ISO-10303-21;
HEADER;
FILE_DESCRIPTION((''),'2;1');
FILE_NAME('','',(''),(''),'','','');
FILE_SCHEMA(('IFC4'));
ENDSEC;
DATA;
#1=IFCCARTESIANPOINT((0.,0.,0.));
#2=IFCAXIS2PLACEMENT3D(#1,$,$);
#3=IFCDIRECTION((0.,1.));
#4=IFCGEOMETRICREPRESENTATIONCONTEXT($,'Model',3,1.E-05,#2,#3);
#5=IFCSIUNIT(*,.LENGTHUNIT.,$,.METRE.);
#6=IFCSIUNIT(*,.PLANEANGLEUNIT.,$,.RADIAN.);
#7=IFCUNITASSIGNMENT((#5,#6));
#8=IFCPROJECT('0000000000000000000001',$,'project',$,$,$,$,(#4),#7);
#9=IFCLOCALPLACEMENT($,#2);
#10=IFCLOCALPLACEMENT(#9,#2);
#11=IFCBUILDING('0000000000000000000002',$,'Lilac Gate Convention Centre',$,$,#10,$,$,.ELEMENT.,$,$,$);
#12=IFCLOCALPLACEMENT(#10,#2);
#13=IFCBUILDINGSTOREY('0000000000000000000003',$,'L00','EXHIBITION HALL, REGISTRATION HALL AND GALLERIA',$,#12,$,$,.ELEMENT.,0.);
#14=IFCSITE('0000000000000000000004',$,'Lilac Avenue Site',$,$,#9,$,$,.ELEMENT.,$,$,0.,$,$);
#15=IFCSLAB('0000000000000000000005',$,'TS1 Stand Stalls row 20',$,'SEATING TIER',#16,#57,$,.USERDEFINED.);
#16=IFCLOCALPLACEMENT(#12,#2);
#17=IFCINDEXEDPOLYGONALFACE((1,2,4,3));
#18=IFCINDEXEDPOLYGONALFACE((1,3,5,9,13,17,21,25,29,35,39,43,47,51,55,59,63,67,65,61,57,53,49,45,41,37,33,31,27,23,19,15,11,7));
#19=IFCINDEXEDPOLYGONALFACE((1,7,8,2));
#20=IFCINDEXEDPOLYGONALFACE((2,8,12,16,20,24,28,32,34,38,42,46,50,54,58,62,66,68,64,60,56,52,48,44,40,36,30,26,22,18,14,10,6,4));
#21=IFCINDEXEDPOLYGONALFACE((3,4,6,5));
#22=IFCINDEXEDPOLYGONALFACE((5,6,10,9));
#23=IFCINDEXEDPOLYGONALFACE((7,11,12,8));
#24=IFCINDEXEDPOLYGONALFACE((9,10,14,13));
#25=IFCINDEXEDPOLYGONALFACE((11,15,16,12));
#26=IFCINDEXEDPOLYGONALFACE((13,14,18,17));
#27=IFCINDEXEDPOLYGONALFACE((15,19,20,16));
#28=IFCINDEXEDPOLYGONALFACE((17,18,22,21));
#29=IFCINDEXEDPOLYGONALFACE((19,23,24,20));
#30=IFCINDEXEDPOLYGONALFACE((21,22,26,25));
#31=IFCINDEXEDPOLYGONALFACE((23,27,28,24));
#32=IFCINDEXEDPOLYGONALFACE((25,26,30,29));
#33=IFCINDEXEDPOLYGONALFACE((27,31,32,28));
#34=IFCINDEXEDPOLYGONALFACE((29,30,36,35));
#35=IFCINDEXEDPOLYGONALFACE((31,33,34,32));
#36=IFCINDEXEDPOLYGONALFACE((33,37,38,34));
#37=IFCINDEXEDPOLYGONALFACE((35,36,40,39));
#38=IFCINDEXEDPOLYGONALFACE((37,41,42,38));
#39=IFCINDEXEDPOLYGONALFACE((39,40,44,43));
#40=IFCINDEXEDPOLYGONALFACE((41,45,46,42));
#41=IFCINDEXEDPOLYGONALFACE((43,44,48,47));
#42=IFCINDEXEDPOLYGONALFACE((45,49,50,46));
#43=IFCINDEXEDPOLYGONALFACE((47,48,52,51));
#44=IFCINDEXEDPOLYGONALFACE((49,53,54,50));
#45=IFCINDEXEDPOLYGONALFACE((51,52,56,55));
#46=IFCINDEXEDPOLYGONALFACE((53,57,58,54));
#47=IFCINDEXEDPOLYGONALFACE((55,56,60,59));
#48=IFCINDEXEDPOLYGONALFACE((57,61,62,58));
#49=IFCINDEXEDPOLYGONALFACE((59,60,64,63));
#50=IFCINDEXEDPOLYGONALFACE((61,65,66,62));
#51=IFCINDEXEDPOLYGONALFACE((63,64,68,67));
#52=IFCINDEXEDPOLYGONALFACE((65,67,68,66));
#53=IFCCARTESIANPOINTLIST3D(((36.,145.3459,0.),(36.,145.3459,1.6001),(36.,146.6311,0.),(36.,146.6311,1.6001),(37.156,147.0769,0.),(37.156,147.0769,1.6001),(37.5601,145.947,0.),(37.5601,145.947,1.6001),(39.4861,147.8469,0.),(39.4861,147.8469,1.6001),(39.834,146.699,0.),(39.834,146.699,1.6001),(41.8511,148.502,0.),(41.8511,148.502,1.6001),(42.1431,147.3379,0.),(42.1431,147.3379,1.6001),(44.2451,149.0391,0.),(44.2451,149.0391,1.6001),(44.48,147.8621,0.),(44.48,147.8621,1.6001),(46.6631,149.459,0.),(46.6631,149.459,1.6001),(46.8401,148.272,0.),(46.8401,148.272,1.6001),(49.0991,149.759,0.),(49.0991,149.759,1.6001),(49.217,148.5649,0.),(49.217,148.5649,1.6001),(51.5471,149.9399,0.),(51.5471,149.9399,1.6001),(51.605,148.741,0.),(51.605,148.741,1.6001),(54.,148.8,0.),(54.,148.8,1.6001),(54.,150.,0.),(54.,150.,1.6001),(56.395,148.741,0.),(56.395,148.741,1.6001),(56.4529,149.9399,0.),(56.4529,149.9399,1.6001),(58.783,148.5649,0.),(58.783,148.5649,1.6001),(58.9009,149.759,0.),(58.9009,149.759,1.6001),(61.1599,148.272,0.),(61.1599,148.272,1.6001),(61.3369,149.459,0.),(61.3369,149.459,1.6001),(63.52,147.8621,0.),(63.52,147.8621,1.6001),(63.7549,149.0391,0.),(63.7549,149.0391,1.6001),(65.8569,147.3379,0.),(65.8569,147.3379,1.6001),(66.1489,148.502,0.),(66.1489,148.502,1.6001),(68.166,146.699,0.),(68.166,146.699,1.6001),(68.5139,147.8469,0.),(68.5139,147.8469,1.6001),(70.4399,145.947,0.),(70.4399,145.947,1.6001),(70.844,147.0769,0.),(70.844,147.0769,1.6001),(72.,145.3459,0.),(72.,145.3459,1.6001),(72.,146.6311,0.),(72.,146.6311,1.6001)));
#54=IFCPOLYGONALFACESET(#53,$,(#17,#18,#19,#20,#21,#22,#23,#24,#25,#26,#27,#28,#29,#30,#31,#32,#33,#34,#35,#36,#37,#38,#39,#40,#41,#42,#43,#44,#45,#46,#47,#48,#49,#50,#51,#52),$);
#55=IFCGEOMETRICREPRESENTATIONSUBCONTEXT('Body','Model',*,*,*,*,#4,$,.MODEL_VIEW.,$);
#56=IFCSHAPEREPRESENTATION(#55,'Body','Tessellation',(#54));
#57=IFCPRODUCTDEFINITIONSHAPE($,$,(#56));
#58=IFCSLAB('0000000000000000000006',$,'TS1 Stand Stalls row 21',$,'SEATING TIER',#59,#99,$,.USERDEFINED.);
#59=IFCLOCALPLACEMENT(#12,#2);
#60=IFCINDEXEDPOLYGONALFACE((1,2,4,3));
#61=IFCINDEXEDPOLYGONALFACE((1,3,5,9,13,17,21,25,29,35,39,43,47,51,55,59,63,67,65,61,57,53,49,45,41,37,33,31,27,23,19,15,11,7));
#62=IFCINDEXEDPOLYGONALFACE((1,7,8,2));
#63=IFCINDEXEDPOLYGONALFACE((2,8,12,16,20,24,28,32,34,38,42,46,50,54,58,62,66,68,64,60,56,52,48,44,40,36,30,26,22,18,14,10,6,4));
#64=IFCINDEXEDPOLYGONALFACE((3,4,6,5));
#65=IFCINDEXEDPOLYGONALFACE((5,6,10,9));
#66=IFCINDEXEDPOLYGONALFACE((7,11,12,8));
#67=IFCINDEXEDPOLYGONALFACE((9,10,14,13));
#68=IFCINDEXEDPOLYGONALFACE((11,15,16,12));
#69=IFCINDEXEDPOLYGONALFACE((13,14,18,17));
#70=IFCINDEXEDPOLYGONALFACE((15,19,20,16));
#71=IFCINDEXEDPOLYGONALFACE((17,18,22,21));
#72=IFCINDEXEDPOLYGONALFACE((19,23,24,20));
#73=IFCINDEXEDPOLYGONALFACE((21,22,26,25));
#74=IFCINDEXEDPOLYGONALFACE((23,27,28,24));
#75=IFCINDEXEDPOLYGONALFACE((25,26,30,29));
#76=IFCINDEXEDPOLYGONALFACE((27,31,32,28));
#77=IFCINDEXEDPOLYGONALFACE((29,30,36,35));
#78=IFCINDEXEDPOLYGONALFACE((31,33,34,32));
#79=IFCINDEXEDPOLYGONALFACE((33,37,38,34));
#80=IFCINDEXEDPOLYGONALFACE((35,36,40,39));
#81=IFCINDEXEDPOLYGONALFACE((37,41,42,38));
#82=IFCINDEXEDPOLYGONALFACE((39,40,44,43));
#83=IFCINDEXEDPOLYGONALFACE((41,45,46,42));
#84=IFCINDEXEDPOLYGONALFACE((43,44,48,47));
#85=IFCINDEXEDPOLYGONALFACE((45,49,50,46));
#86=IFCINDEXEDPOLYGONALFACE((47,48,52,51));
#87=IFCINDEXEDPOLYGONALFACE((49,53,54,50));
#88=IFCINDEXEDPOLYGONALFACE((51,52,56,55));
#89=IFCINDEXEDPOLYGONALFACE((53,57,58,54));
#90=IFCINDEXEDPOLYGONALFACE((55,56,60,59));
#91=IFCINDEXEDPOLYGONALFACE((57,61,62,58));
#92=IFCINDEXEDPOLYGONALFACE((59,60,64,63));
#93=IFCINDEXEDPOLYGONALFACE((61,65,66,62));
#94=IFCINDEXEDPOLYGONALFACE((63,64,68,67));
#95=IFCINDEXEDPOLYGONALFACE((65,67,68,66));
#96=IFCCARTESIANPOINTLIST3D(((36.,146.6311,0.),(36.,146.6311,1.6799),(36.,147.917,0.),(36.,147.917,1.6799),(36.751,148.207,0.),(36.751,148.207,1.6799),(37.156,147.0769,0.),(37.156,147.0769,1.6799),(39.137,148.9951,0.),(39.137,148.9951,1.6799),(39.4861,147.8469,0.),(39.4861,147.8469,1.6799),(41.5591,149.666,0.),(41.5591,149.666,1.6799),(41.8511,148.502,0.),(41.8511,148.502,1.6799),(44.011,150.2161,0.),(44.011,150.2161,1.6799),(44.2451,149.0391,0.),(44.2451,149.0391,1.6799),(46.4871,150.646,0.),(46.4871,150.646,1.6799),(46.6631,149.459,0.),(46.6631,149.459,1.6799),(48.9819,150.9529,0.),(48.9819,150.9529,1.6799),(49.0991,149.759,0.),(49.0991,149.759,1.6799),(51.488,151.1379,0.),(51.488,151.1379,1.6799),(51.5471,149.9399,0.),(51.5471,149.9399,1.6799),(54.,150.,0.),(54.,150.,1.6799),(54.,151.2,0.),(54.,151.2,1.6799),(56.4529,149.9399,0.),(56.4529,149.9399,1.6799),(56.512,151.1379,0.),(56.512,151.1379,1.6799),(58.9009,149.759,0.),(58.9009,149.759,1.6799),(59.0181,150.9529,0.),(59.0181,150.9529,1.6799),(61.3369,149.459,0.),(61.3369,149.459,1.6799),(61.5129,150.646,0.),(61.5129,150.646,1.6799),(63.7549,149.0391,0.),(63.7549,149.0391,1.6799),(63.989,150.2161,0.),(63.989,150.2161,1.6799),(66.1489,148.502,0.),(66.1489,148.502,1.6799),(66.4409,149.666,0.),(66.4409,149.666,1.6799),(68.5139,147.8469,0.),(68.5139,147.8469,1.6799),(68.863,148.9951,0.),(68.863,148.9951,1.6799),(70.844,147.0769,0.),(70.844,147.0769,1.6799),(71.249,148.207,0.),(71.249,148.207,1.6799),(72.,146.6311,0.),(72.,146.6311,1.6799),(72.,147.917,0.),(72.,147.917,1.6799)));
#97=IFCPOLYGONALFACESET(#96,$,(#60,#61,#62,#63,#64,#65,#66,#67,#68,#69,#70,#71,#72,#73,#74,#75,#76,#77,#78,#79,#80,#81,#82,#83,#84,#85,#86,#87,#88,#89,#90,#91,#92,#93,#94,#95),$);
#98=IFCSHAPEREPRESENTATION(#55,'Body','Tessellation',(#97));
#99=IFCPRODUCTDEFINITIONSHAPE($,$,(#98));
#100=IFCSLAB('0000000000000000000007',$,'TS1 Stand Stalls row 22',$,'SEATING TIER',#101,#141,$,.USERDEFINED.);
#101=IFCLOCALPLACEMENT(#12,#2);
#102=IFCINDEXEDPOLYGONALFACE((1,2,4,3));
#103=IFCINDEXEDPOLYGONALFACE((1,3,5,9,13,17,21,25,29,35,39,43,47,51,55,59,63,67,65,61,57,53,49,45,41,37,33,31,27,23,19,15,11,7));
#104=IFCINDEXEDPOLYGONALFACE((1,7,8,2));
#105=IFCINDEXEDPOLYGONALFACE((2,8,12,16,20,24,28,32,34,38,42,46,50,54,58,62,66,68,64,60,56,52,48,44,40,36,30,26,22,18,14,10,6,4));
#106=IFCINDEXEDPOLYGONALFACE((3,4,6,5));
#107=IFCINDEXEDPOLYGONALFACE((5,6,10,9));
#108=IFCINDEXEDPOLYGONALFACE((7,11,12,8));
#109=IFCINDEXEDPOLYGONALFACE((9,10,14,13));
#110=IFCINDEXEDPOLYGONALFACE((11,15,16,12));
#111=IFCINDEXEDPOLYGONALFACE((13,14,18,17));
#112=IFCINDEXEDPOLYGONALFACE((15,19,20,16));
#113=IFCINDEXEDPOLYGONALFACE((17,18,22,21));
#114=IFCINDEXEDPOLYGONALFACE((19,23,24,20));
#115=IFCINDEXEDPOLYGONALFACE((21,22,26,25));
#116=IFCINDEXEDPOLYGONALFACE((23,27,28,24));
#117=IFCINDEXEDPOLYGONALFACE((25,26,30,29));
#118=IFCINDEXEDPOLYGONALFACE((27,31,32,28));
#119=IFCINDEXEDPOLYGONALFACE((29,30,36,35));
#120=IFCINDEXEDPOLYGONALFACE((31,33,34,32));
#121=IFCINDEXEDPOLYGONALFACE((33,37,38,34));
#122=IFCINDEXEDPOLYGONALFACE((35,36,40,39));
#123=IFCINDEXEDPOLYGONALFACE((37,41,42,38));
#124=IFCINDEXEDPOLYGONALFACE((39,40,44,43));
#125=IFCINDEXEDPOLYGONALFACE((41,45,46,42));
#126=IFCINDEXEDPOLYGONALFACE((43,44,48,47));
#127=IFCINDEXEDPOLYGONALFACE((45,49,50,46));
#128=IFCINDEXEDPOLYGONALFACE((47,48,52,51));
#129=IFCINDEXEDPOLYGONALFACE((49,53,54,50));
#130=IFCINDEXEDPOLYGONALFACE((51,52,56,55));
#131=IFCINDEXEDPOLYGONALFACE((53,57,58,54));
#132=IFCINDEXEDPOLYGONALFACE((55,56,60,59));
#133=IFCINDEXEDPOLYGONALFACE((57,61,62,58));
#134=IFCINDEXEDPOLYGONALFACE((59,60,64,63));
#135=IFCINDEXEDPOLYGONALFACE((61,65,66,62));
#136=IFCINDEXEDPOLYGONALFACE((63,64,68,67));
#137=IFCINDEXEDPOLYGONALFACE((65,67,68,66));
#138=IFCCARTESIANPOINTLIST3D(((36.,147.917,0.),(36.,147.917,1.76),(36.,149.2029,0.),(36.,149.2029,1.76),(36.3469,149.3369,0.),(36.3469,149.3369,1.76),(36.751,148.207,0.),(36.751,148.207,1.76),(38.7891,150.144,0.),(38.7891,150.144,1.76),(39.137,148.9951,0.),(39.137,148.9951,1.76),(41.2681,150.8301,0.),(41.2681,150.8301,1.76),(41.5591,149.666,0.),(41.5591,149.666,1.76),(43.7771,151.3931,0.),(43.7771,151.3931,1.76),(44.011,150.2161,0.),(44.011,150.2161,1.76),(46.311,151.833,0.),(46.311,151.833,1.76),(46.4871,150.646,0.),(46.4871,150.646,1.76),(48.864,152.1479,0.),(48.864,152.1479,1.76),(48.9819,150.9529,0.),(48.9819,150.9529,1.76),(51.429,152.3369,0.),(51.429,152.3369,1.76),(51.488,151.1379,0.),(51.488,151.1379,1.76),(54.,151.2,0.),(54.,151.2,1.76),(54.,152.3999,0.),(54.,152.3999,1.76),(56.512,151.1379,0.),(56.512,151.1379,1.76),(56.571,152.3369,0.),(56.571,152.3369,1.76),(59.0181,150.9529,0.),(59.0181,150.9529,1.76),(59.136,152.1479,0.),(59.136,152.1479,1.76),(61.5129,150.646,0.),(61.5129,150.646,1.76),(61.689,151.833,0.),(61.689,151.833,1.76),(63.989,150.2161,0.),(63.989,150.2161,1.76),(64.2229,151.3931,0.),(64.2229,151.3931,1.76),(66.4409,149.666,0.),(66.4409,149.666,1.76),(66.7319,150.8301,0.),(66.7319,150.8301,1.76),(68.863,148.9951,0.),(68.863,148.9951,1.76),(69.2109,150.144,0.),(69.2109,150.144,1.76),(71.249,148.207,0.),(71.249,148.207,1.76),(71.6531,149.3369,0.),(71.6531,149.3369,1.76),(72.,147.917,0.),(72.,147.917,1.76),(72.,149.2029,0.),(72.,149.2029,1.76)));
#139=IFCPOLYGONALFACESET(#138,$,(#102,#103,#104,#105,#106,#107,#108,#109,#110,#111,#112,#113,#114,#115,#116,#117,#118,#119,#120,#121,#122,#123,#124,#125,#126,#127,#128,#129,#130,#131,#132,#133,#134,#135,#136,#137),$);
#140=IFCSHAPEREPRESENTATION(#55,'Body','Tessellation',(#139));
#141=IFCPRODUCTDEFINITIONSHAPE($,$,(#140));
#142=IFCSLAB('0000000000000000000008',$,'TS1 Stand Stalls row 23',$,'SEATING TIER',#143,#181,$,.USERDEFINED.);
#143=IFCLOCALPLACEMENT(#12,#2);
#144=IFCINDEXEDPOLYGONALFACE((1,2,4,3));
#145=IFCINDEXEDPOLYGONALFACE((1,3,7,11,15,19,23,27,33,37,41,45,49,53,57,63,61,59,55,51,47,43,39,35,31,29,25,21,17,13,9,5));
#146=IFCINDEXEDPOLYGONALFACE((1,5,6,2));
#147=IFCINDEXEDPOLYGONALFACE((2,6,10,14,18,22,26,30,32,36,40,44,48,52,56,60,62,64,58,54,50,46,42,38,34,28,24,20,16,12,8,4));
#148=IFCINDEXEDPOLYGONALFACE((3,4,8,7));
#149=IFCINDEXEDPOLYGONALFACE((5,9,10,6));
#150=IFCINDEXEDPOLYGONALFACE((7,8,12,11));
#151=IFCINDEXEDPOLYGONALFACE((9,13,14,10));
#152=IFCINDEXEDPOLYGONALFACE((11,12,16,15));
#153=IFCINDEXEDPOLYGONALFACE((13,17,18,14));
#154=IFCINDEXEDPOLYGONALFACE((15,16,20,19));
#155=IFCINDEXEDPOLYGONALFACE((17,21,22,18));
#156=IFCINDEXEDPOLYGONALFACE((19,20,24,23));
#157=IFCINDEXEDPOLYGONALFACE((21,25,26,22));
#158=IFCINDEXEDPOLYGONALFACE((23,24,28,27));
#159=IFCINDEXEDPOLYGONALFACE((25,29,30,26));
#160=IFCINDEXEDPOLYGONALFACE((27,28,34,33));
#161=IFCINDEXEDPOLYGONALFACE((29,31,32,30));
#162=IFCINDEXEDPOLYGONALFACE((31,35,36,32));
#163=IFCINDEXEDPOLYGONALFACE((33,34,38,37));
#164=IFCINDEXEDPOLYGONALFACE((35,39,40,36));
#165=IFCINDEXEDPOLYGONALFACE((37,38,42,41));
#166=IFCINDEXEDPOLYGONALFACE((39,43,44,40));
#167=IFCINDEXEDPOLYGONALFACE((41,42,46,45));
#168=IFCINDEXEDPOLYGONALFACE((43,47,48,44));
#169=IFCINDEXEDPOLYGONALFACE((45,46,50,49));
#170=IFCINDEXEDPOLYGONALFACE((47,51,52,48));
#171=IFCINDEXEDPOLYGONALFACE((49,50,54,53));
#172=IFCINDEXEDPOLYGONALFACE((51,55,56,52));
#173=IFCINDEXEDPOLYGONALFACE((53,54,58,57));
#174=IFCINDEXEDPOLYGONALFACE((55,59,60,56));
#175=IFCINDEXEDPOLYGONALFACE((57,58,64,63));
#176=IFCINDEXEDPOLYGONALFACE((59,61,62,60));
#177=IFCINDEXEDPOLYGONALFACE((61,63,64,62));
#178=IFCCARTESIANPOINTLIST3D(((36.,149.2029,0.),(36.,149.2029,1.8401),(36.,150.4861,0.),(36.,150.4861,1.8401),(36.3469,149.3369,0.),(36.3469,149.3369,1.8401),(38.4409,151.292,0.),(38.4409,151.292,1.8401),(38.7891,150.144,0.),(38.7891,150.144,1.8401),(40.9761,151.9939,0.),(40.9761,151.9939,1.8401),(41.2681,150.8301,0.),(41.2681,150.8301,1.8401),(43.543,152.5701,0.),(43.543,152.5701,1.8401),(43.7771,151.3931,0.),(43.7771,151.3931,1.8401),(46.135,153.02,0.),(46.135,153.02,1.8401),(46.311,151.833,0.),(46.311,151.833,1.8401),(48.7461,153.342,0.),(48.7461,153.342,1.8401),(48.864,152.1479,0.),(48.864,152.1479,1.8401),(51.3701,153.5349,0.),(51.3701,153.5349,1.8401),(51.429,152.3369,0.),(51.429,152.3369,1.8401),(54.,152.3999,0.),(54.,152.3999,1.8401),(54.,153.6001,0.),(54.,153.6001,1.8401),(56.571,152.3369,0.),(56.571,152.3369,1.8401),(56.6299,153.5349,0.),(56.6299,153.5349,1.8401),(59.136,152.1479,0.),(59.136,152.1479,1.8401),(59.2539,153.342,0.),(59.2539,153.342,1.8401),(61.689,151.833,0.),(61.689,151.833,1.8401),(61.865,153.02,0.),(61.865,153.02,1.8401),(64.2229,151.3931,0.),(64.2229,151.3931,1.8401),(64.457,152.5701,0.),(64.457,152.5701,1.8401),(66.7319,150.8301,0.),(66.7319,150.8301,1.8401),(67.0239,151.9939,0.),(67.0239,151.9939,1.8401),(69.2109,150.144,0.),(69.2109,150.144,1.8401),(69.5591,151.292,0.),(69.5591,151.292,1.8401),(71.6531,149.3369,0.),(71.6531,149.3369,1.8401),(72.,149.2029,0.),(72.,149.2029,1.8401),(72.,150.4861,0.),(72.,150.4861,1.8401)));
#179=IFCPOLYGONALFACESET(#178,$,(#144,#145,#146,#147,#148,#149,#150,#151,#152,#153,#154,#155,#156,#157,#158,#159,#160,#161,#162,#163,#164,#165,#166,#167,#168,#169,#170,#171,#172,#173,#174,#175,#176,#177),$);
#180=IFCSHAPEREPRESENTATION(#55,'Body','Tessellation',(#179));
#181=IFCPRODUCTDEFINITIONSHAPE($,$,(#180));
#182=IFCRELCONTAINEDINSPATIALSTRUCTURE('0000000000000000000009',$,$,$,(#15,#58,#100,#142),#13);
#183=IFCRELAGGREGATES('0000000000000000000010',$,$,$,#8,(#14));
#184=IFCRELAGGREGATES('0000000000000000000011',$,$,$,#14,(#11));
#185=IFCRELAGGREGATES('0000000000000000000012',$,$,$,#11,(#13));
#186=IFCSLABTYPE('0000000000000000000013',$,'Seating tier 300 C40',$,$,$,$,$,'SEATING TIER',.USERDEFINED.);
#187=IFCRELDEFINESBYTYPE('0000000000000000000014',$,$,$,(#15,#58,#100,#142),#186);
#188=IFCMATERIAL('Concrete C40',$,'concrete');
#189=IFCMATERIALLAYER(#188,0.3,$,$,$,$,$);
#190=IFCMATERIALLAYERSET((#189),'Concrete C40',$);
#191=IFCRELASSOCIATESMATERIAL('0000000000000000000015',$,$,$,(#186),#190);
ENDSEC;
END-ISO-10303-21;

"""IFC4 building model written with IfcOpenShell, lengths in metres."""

from ifc_helpers import new_model, si_unit, direction, origin, place, context, subcontext, project, spatial, polyline, outline, extrude, material, layer, layer_set, type_object, element, save


model = new_model("IFC4")

# Units and contexts
model_context = context("Model", 3, precision=1e-05, world=origin(), true_north=direction((0.0, 1.0)))
body_context = subcontext(model_context, "Body", "Model", "MODEL_VIEW")
ifc_project = project(units=[si_unit("LENGTHUNIT", "METRE"), si_unit("PLANEANGLEUNIT", "RADIAN")], contexts=[model_context])

# Site, building, storey
site_placement = place(None, origin())
site = spatial("IfcSite", under=ifc_project, at=site_placement, Name="Lilac Avenue Site", CompositionType="ELEMENT", RefElevation=0.0)
building_placement = place(site_placement, origin())
building = spatial("IfcBuilding", under=site, at=building_placement, Name="Lilac Gate Convention Centre", CompositionType="ELEMENT")
storey_placement = place(building_placement, origin())
storey = spatial("IfcBuildingStorey", under=building, at=storey_placement, Name="L00", Description="EXHIBITION HALL, REGISTRATION HALL AND GALLERIA", CompositionType="ELEMENT", Elevation=0.0)

# Slabs
ifc_material_1 = material(Name="Concrete C40", Category="concrete")
ifc_layer_1 = layer(ifc_material_1, 0.3)
ifc_layer_set_1 = layer_set([ifc_layer_1], Name="Concrete C40")
slab_type_1 = type_object("IfcSlabType", Name="Seating tier 300 C40", ElementType="SEATING TIER", PredefinedType="USERDEFINED", material=ifc_layer_set_1)
slab_1_placement = place(storey_placement, origin())
element("IfcSlab", 1, at=slab_1_placement, inside=storey, type_object=slab_type_1, Name="TS1 Stand Stalls row 20", ObjectType="SEATING TIER", PredefinedType="USERDEFINED", context=body_context, shape_type="SweptSolid", body=[
    extrude(outline(polyline([(37.156, 147.0769), (39.4861, 147.8469), (41.8511, 148.502), (44.2451, 149.0391), (46.6631, 149.459), (49.0991, 149.759), (51.5471, 149.9399), (54.0, 150.0), (56.4529, 149.9399), (58.9009, 149.759), (61.3369, 149.459), (63.7549, 149.0391), (66.1489, 148.502), (68.5139, 147.8469), (70.844, 147.0769), (72.0, 146.6311), (72.0, 145.3459), (70.4399, 145.947), (68.166, 146.699), (65.8569, 147.3379), (63.52, 147.8621), (61.1599, 148.272), (58.783, 148.5649), (56.395, 148.741), (54.0, 148.8), (51.605, 148.741), (49.217, 148.5649), (46.8401, 148.272), (44.48, 147.8621), (42.1431, 147.3379), (39.834, 146.699), (37.5601, 145.947), (36.0, 145.3459), (36.0, 146.6311), (37.156, 147.0769)])), origin(), (0.0, 0.0, 1.0), 1.6001),
])
slab_2_placement = place(storey_placement, origin())
element("IfcSlab", 2, at=slab_2_placement, inside=storey, type_object=slab_type_1, Name="TS1 Stand Stalls row 21", ObjectType="SEATING TIER", PredefinedType="USERDEFINED", context=body_context, shape_type="SweptSolid", body=[
    extrude(outline(polyline([(36.751, 148.207), (39.137, 148.9951), (41.5591, 149.666), (44.011, 150.2161), (46.4871, 150.646), (48.9819, 150.9529), (51.488, 151.1379), (54.0, 151.2), (56.512, 151.1379), (59.0181, 150.9529), (61.5129, 150.646), (63.989, 150.2161), (66.4409, 149.666), (68.863, 148.9951), (71.249, 148.207), (72.0, 147.917), (72.0, 146.6311), (70.844, 147.0769), (68.5139, 147.8469), (66.1489, 148.502), (63.7549, 149.0391), (61.3369, 149.459), (58.9009, 149.759), (56.4529, 149.9399), (54.0, 150.0), (51.5471, 149.9399), (49.0991, 149.759), (46.6631, 149.459), (44.2451, 149.0391), (41.8511, 148.502), (39.4861, 147.8469), (37.156, 147.0769), (36.0, 146.6311), (36.0, 147.917), (36.751, 148.207)])), origin(), (0.0, 0.0, 1.0), 1.6799),
])
slab_3_placement = place(storey_placement, origin())
element("IfcSlab", 3, at=slab_3_placement, inside=storey, type_object=slab_type_1, Name="TS1 Stand Stalls row 22", ObjectType="SEATING TIER", PredefinedType="USERDEFINED", context=body_context, shape_type="SweptSolid", body=[
    extrude(outline(polyline([(36.3469, 149.3369), (38.7891, 150.144), (41.2681, 150.8301), (43.7771, 151.3931), (46.311, 151.833), (48.864, 152.1479), (51.429, 152.3369), (54.0, 152.3999), (56.571, 152.3369), (59.136, 152.1479), (61.689, 151.833), (64.2229, 151.3931), (66.7319, 150.8301), (69.2109, 150.144), (71.6531, 149.3369), (72.0, 149.2029), (72.0, 147.917), (71.249, 148.207), (68.863, 148.9951), (66.4409, 149.666), (63.989, 150.2161), (61.5129, 150.646), (59.0181, 150.9529), (56.512, 151.1379), (54.0, 151.2), (51.488, 151.1379), (48.9819, 150.9529), (46.4871, 150.646), (44.011, 150.2161), (41.5591, 149.666), (39.137, 148.9951), (36.751, 148.207), (36.0, 147.917), (36.0, 149.2029), (36.3469, 149.3369)])), origin(), (0.0, 0.0, 1.0), 1.76),
])
slab_4_placement = place(storey_placement, origin())
element("IfcSlab", 4, at=slab_4_placement, inside=storey, type_object=slab_type_1, Name="TS1 Stand Stalls row 23", ObjectType="SEATING TIER", PredefinedType="USERDEFINED", context=body_context, shape_type="SweptSolid", body=[
    extrude(outline(polyline([(38.4409, 151.292), (40.9761, 151.9939), (43.543, 152.5701), (46.135, 153.02), (48.7461, 153.342), (51.3701, 153.5349), (54.0, 153.6001), (56.6299, 153.5349), (59.2539, 153.342), (61.865, 153.02), (64.457, 152.5701), (67.0239, 151.9939), (69.5591, 151.292), (72.0, 150.4861), (72.0, 149.2029), (71.6531, 149.3369), (69.2109, 150.144), (66.7319, 150.8301), (64.2229, 151.3931), (61.689, 151.833), (59.136, 152.1479), (56.571, 152.3369), (54.0, 152.3999), (51.429, 152.3369), (48.864, 152.1479), (46.311, 151.833), (43.7771, 151.3931), (41.2681, 150.8301), (38.7891, 150.144), (36.3469, 149.3369), (36.0, 149.2029), (36.0, 150.4861), (38.4409, 151.292)])), origin(), (0.0, 0.0, 1.0), 1.8401),
])

save(model, "model.ifc")
